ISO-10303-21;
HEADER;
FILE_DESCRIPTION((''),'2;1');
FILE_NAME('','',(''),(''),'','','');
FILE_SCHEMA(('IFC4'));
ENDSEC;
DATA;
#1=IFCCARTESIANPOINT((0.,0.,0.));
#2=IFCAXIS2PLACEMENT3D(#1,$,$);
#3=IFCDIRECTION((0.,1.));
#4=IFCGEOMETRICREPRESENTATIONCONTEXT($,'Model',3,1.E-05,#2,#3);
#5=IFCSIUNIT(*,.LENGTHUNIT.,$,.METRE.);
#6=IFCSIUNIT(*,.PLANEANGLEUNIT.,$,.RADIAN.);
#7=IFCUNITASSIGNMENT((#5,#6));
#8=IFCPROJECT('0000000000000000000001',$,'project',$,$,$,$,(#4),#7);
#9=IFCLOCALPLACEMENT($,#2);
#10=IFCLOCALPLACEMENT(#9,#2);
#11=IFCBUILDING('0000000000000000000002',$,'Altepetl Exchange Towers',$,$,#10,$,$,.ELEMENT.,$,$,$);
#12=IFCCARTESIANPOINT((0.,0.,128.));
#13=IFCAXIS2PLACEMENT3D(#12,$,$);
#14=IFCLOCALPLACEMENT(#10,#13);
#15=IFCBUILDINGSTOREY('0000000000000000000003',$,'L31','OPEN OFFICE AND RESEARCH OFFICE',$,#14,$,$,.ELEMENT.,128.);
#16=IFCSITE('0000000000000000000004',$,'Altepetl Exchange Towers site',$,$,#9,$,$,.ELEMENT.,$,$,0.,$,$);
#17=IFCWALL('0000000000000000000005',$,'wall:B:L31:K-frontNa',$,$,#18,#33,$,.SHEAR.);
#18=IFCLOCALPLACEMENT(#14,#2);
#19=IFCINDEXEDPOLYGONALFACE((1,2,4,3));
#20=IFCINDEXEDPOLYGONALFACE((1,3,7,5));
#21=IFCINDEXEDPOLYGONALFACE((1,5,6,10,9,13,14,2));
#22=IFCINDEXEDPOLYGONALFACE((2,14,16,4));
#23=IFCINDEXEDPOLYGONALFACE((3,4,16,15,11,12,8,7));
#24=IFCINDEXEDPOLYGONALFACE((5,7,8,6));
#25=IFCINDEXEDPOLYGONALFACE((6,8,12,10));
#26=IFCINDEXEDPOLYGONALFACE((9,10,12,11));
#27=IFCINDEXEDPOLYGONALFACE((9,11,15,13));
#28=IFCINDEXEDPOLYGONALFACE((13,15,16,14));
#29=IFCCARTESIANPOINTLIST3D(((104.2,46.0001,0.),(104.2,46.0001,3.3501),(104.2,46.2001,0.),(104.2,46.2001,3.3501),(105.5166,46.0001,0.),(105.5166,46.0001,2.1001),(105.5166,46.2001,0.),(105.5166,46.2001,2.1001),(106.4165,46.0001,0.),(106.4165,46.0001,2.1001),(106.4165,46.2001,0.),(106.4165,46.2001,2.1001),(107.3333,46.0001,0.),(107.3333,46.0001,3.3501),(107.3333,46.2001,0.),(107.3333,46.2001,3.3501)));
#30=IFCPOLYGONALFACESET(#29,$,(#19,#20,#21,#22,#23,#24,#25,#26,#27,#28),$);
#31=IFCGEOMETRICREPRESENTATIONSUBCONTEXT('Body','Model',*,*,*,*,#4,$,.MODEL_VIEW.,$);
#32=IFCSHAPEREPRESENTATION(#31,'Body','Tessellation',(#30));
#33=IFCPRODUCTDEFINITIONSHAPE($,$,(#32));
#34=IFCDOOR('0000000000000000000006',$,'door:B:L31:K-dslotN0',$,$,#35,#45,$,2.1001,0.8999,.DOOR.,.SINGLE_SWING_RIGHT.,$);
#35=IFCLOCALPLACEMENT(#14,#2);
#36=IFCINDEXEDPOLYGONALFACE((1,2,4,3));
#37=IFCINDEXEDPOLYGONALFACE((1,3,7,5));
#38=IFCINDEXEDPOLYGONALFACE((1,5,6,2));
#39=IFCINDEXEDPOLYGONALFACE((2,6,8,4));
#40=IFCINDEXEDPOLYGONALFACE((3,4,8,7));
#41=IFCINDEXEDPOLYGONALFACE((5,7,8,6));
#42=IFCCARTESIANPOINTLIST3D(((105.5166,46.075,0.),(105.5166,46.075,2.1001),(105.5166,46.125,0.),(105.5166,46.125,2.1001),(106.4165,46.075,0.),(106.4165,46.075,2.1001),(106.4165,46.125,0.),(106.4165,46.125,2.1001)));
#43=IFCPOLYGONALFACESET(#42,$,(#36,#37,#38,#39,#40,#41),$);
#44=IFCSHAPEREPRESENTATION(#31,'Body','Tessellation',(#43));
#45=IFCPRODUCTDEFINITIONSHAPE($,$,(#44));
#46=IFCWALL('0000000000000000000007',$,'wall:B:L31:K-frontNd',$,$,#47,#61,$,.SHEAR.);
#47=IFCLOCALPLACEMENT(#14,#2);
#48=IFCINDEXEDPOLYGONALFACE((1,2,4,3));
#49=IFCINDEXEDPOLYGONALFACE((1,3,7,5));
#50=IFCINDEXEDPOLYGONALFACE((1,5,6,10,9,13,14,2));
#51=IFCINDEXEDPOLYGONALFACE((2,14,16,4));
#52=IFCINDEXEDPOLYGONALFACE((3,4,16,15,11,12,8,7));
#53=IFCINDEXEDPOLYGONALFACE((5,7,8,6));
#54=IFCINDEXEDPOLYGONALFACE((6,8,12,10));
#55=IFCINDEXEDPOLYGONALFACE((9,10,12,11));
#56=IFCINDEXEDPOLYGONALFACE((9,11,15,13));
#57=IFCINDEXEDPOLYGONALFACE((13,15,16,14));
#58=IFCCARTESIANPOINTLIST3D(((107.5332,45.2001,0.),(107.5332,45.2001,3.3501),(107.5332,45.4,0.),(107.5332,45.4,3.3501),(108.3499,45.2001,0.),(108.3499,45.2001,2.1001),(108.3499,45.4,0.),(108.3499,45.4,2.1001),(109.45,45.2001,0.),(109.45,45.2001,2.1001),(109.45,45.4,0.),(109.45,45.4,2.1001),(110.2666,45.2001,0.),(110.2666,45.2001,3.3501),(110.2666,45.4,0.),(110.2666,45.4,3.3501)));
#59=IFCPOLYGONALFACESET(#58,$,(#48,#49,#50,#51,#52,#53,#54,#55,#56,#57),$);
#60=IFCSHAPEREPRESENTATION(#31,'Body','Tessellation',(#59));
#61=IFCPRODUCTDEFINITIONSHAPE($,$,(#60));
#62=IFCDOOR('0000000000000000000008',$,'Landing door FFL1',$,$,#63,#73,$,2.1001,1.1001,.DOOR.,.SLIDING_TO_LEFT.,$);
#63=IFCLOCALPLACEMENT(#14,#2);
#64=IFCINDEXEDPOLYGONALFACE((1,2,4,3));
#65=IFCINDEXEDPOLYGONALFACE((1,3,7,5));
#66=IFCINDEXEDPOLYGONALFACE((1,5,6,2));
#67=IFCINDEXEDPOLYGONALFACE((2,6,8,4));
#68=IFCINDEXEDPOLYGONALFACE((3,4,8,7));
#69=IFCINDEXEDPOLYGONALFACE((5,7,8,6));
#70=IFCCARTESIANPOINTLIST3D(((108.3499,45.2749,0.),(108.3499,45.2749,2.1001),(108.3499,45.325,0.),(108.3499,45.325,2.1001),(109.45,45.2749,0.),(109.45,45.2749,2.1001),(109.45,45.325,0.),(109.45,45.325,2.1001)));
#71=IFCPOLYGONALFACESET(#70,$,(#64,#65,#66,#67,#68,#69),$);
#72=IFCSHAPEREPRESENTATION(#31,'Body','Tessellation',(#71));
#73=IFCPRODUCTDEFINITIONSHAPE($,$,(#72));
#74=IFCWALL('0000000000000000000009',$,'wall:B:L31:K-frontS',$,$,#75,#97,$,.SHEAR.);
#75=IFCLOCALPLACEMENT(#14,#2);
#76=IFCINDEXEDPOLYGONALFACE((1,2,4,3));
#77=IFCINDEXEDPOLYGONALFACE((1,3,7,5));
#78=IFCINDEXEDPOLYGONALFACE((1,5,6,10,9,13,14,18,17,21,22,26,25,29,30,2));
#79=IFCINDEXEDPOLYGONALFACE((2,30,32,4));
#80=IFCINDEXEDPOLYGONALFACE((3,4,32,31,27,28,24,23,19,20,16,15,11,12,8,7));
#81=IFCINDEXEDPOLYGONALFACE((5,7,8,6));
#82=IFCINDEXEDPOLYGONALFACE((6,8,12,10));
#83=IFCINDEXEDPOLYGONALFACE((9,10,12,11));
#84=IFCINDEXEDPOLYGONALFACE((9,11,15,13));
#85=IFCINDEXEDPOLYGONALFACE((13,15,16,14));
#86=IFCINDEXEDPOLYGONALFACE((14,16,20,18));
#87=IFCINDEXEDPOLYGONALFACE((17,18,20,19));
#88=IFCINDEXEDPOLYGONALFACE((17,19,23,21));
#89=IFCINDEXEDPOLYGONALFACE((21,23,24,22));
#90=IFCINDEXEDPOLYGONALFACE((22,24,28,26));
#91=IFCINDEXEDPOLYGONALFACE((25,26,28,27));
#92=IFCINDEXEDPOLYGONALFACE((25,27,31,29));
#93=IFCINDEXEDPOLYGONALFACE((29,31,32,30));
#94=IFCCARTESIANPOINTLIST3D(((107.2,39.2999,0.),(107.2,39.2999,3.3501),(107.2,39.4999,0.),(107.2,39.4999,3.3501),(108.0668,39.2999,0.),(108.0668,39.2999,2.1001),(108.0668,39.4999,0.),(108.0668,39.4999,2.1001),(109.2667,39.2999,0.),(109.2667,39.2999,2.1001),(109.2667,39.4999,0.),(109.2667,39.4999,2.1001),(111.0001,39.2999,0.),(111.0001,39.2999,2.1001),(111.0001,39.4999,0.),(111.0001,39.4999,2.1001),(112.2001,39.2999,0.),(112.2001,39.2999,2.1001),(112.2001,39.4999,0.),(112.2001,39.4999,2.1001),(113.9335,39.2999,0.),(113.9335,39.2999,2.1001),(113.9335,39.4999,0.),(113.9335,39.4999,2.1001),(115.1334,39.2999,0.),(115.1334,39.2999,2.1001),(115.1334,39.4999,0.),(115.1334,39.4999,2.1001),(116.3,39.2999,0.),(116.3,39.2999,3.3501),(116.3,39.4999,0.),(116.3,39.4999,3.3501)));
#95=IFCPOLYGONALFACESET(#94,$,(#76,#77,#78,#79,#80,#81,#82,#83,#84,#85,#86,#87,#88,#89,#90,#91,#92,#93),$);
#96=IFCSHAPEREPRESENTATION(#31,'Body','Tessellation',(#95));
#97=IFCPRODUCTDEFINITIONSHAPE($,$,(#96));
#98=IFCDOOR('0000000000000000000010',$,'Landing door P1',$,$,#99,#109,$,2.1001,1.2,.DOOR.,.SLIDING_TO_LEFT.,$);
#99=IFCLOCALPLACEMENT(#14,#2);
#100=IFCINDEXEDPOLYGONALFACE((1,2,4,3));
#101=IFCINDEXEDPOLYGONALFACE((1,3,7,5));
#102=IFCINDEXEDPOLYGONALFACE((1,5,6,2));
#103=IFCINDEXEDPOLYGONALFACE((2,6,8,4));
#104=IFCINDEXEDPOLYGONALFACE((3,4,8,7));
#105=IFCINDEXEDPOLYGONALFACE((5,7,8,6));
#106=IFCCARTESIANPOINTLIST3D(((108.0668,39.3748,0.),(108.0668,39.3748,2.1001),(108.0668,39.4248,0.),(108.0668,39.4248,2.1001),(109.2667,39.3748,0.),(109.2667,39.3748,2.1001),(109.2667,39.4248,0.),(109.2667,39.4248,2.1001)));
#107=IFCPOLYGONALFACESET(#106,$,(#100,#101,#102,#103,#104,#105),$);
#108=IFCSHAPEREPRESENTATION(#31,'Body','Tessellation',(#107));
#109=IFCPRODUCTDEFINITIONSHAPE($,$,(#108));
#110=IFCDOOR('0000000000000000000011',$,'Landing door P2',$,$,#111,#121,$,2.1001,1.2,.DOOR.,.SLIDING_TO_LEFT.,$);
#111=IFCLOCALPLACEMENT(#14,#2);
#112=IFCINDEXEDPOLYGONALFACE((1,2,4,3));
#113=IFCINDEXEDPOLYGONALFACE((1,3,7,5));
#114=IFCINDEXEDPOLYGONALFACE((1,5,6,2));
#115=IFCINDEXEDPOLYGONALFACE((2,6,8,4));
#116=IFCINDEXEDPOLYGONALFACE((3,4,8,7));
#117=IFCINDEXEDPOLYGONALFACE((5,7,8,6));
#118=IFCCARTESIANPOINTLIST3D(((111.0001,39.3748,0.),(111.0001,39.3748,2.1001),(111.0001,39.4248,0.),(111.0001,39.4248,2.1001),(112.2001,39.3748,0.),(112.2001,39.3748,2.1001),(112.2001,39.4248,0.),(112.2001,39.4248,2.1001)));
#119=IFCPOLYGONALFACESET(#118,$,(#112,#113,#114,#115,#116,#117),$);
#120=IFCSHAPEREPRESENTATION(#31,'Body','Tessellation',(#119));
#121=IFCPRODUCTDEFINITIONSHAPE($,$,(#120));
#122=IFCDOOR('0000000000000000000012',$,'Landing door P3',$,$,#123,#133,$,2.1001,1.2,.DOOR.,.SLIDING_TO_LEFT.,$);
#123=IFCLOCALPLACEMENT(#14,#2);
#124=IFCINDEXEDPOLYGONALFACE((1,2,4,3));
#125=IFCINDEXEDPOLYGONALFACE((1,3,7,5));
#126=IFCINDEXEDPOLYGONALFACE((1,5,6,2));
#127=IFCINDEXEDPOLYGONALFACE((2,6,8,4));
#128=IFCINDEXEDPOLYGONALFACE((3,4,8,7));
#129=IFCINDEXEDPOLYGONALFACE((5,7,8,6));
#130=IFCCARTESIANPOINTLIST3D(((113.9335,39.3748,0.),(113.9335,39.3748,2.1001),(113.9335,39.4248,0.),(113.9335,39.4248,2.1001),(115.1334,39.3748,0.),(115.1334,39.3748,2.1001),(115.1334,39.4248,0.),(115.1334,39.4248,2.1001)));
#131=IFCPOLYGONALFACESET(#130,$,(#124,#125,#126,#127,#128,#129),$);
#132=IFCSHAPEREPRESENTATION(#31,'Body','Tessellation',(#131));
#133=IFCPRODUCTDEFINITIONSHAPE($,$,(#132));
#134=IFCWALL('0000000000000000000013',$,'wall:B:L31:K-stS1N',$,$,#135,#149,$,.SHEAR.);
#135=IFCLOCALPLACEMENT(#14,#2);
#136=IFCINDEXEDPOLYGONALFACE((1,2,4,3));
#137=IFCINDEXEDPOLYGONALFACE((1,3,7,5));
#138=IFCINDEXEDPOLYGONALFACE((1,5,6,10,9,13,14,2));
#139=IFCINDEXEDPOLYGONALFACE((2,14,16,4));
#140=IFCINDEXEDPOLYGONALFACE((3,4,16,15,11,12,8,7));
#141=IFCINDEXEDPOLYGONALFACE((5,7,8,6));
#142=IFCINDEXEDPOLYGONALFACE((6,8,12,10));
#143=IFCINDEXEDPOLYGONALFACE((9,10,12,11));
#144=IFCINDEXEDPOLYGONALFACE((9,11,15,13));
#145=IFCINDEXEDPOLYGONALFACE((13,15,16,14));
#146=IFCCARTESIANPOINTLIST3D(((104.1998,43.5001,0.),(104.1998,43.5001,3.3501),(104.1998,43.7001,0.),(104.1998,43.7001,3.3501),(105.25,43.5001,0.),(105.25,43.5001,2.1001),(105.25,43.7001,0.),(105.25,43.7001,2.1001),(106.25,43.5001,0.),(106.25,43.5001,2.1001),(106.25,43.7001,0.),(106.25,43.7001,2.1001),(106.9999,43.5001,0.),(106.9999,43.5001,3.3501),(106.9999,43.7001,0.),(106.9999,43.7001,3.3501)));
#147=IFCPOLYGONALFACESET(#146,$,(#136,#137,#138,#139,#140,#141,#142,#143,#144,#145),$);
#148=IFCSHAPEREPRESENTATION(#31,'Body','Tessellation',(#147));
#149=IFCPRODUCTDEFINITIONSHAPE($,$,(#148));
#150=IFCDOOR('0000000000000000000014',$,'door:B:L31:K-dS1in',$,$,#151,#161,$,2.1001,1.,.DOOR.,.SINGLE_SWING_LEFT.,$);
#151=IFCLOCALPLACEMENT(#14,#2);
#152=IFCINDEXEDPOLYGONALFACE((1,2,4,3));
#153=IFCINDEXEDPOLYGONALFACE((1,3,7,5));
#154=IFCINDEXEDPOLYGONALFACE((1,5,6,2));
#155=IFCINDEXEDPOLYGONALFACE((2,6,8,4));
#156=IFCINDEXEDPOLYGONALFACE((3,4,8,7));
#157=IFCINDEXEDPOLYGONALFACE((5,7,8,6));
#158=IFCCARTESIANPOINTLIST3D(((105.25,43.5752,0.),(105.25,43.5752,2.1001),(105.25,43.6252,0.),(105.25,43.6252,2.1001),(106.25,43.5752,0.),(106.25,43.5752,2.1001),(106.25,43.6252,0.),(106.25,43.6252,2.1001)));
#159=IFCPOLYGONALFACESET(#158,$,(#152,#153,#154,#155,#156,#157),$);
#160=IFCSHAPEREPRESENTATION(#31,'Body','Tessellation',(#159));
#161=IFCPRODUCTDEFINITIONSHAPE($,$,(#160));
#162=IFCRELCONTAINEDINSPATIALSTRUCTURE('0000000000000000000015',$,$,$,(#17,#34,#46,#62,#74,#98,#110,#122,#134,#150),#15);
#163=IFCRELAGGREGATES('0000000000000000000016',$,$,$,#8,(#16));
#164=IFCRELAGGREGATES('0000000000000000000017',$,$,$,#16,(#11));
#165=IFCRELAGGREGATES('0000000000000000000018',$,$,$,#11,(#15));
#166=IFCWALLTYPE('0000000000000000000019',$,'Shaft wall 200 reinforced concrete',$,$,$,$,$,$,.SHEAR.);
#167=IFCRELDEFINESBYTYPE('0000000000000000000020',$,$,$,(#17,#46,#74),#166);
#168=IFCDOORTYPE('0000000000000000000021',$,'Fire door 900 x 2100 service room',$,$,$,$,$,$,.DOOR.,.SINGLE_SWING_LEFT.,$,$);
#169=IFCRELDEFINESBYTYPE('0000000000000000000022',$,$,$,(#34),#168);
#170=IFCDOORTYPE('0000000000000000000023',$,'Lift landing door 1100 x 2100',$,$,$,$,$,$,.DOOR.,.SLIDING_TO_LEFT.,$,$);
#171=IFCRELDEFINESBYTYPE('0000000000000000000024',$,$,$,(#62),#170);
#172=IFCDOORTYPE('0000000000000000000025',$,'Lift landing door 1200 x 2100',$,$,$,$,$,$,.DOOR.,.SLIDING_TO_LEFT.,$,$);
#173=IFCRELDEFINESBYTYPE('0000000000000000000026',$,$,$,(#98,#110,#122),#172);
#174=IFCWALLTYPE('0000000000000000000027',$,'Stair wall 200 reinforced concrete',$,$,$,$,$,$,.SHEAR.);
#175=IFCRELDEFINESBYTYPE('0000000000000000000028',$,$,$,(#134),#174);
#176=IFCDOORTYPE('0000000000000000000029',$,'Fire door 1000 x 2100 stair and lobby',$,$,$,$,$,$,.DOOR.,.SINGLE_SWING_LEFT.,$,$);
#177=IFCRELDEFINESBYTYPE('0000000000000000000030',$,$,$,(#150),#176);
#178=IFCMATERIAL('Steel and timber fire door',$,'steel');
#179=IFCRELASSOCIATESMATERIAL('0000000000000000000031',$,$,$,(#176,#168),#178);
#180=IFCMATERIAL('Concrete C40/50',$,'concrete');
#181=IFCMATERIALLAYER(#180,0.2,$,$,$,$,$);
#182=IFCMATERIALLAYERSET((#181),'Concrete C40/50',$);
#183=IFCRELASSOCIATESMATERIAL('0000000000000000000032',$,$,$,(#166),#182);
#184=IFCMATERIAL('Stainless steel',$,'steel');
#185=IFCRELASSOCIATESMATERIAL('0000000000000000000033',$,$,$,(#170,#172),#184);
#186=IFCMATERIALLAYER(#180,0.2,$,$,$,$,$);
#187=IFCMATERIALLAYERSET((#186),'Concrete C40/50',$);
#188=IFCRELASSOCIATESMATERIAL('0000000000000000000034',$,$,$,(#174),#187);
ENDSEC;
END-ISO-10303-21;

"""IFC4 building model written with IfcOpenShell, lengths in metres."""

from ifc_helpers import new_model, si_unit, direction, frame, frame_2d, origin, place, context, subcontext, project, spatial, rectangle, extrude, material, layer, layer_set, type_object, element, fill, save


model = new_model("IFC4")

# Units and contexts
model_context = context("Model", 3, precision=1e-05, world=origin(), true_north=direction((0.0, 1.0)))
body_context = subcontext(model_context, "Body", "Model", "MODEL_VIEW")
ifc_project = project(units=[si_unit("LENGTHUNIT", "METRE"), si_unit("PLANEANGLEUNIT", "RADIAN")], contexts=[model_context])

# Site, building, storey
site_placement = place(None, origin())
site = spatial("IfcSite", under=ifc_project, at=site_placement, Name="Altepetl Exchange Towers site", CompositionType="ELEMENT", RefElevation=0.0)
building_placement = place(site_placement, origin())
building = spatial("IfcBuilding", under=site, at=building_placement, Name="Altepetl Exchange Towers", CompositionType="ELEMENT")
storey_placement = place(building_placement, frame((0.0, 0.0, 128.0)))
storey = spatial("IfcBuildingStorey", under=building, at=storey_placement, Name="L31", Description="OPEN OFFICE AND RESEARCH OFFICE", CompositionType="ELEMENT", Elevation=128.0)

# Shared definitions
ifc_material_1 = material(Name="Steel and timber fire door", Category="steel")
door_type_1 = type_object("IfcDoorType", Name="Fire door 1000 x 2100 stair and lobby", OperationType="SINGLE_SWING_LEFT", PredefinedType="DOOR", material=ifc_material_1)
door_type_2 = type_object("IfcDoorType", Name="Fire door 900 x 2100 service room", OperationType="SINGLE_SWING_LEFT", PredefinedType="DOOR", material=ifc_material_1)

# Shared definitions
ifc_material_2 = material(Name="Concrete C40/50", Category="concrete")
ifc_layer_1 = layer(ifc_material_2, 0.2)
ifc_layer_set_1 = layer_set([ifc_layer_1], Name="Concrete C40/50")
wall_type_1 = type_object("IfcWallType", Name="Shaft wall 200 reinforced concrete", PredefinedType="SHEAR", material=ifc_layer_set_1)

# Walls, openings, doors
wall_1_placement = place(storey_placement, frame((104.2, 46.1001, 0.0)))
wall_1 = element("IfcWall", 1, at=wall_1_placement, inside=storey, type_object=wall_type_1, Name="wall:B:L31:K-frontNa", PredefinedType="SHEAR", context=body_context, shape_type="SweptSolid", body=[
    extrude(rectangle(XDim=3.1333, YDim=0.2, at=frame_2d((1.5667, 0.0))), origin(), (0.0, 0.0, 1.0), 3.3501),
])
opening_1_placement = place(wall_1_placement, frame((1.3167, 0.0, 0.0)))
opening_1 = element("IfcOpeningElement", 2, at=opening_1_placement, cuts=wall_1, PredefinedType="OPENING", context=body_context, shape_type="SweptSolid", body=[
    extrude(rectangle(XDim=0.8999, YDim=2.1001, at=frame_2d((0.45, 1.05))), frame((0.0, 0.1099, 0.0), z_axis=(0.0, -1.0, 0.0), x_axis=(1.0, 0.0, 0.0)), (0.0, 0.0, 1.0), 0.22),
])
door_1_placement = place(opening_1_placement, origin())
door_1 = element("IfcDoor", 3, at=door_1_placement, inside=storey, type_object=door_type_2, Name="door:B:L31:K-dslotN0", OperationType="SINGLE_SWING_RIGHT", OverallHeight=2.1001, OverallWidth=0.8999, PredefinedType="DOOR", context=body_context, shape_type="SweptSolid", body=[
    extrude(rectangle(XDim=0.8999, YDim=2.1001, at=frame_2d((0.45, 1.05))), frame((0.0, 0.0249, 0.0), z_axis=(0.0, -1.0, 0.0), x_axis=(1.0, 0.0, 0.0)), (0.0, 0.0, 1.0), 0.05),
])
fill(opening_1, door_1)
wall_2_placement = place(storey_placement, frame((107.5332, 45.3, 0.0)))
wall_2 = element("IfcWall", 4, at=wall_2_placement, inside=storey, type_object=wall_type_1, Name="wall:B:L31:K-frontNd", PredefinedType="SHEAR", context=body_context, shape_type="SweptSolid", body=[
    extrude(rectangle(XDim=2.7334, YDim=0.2, at=frame_2d((1.3667, 0.0))), origin(), (0.0, 0.0, 1.0), 3.3501),
])
opening_2_placement = place(wall_2_placement, frame((0.8167, 0.0, 0.0)))
opening_2 = element("IfcOpeningElement", 5, at=opening_2_placement, cuts=wall_2, PredefinedType="OPENING", context=body_context, shape_type="SweptSolid", body=[
    extrude(rectangle(XDim=1.1001, YDim=2.1001, at=frame_2d((0.55, 1.05))), frame((0.0, 0.1099, 0.0), z_axis=(0.0, -1.0, 0.0), x_axis=(1.0, 0.0, 0.0)), (0.0, 0.0, 1.0), 0.22),
])
ifc_material_3 = material(Name="Stainless steel", Category="steel")
door_type_3 = type_object("IfcDoorType", Name="Lift landing door 1100 x 2100", OperationType="SLIDING_TO_LEFT", PredefinedType="DOOR", material=ifc_material_3)
door_2_placement = place(opening_2_placement, origin())
door_2 = element("IfcDoor", 6, at=door_2_placement, inside=storey, type_object=door_type_3, Name="Landing door FFL1", OperationType="SLIDING_TO_LEFT", OverallHeight=2.1001, OverallWidth=1.1001, PredefinedType="DOOR", context=body_context, shape_type="SweptSolid", body=[
    extrude(rectangle(XDim=1.1001, YDim=2.1001, at=frame_2d((0.55, 1.05))), frame((0.0, 0.0249, 0.0), z_axis=(0.0, -1.0, 0.0), x_axis=(1.0, 0.0, 0.0)), (0.0, 0.0, 1.0), 0.05),
])
fill(opening_2, door_2)

# Wall, openings, doors
wall_3_placement = place(storey_placement, frame((107.2, 39.3999, 0.0)))
wall_3 = element("IfcWall", 7, at=wall_3_placement, inside=storey, type_object=wall_type_1, Name="wall:B:L31:K-frontS", PredefinedType="SHEAR", context=body_context, shape_type="SweptSolid", body=[
    extrude(rectangle(XDim=9.1001, YDim=0.2, at=frame_2d((4.55, 0.0))), origin(), (0.0, 0.0, 1.0), 3.3501),
])
opening_3_placement = place(wall_3_placement, frame((0.8667, 0.0, 0.0)))
opening_3 = element("IfcOpeningElement", 8, at=opening_3_placement, cuts=wall_3, PredefinedType="OPENING", context=body_context, shape_type="SweptSolid", body=[
    extrude(rectangle(XDim=1.2, YDim=2.1001, at=frame_2d((0.6001, 1.05))), frame((0.0, 0.1099, 0.0), z_axis=(0.0, -1.0, 0.0), x_axis=(1.0, 0.0, 0.0)), (0.0, 0.0, 1.0), 0.22),
])
opening_4_placement = place(wall_3_placement, frame((3.8, 0.0, 0.0)))
opening_4 = element("IfcOpeningElement", 9, at=opening_4_placement, cuts=wall_3, PredefinedType="OPENING", context=body_context, shape_type="SweptSolid", body=[
    extrude(rectangle(XDim=1.2, YDim=2.1001, at=frame_2d((0.6001, 1.05))), frame((0.0, 0.1099, 0.0), z_axis=(0.0, -1.0, 0.0), x_axis=(1.0, 0.0, 0.0)), (0.0, 0.0, 1.0), 0.22),
])
opening_5_placement = place(wall_3_placement, frame((6.7334, 0.0, 0.0)))
opening_5 = element("IfcOpeningElement", 10, at=opening_5_placement, cuts=wall_3, PredefinedType="OPENING", context=body_context, shape_type="SweptSolid", body=[
    extrude(rectangle(XDim=1.2, YDim=2.1001, at=frame_2d((0.6001, 1.05))), frame((0.0, 0.1099, 0.0), z_axis=(0.0, -1.0, 0.0), x_axis=(1.0, 0.0, 0.0)), (0.0, 0.0, 1.0), 0.22),
])
door_type_4 = type_object("IfcDoorType", Name="Lift landing door 1200 x 2100", OperationType="SLIDING_TO_LEFT", PredefinedType="DOOR", material=ifc_material_3)
door_3_placement = place(opening_3_placement, origin())
door_3 = element("IfcDoor", 11, at=door_3_placement, inside=storey, type_object=door_type_4, Name="Landing door P1", OperationType="SLIDING_TO_LEFT", OverallHeight=2.1001, OverallWidth=1.2, PredefinedType="DOOR", context=body_context, shape_type="SweptSolid", body=[
    extrude(rectangle(XDim=1.2, YDim=2.1001, at=frame_2d((0.6001, 1.05))), frame((0.0, 0.0249, 0.0), z_axis=(0.0, -1.0, 0.0), x_axis=(1.0, 0.0, 0.0)), (0.0, 0.0, 1.0), 0.05),
])
fill(opening_3, door_3)
door_4_placement = place(opening_4_placement, origin())
door_4 = element("IfcDoor", 12, at=door_4_placement, inside=storey, type_object=door_type_4, Name="Landing door P2", OperationType="SLIDING_TO_LEFT", OverallHeight=2.1001, OverallWidth=1.2, PredefinedType="DOOR", context=body_context, shape_type="SweptSolid", body=[
    extrude(rectangle(XDim=1.2, YDim=2.1001, at=frame_2d((0.6001, 1.05))), frame((0.0, 0.0249, 0.0), z_axis=(0.0, -1.0, 0.0), x_axis=(1.0, 0.0, 0.0)), (0.0, 0.0, 1.0), 0.05),
])
fill(opening_4, door_4)
door_5_placement = place(opening_5_placement, origin())
door_5 = element("IfcDoor", 13, at=door_5_placement, inside=storey, type_object=door_type_4, Name="Landing door P3", OperationType="SLIDING_TO_LEFT", OverallHeight=2.1001, OverallWidth=1.2, PredefinedType="DOOR", context=body_context, shape_type="SweptSolid", body=[
    extrude(rectangle(XDim=1.2, YDim=2.1001, at=frame_2d((0.6001, 1.05))), frame((0.0, 0.0249, 0.0), z_axis=(0.0, -1.0, 0.0), x_axis=(1.0, 0.0, 0.0)), (0.0, 0.0, 1.0), 0.05),
])
fill(opening_5, door_5)

# Wall, opening, door
ifc_layer_2 = layer(ifc_material_2, 0.2)
ifc_layer_set_2 = layer_set([ifc_layer_2], Name="Concrete C40/50")
wall_type_2 = type_object("IfcWallType", Name="Stair wall 200 reinforced concrete", PredefinedType="SHEAR", material=ifc_layer_set_2)
wall_4_placement = place(storey_placement, frame((104.2, 43.6001, 0.0)))
wall_4 = element("IfcWall", 14, at=wall_4_placement, inside=storey, type_object=wall_type_2, Name="wall:B:L31:K-stS1N", PredefinedType="SHEAR", context=body_context, shape_type="SweptSolid", body=[
    extrude(rectangle(XDim=2.8, YDim=0.2, at=frame_2d((1.3999, 0.0))), origin(), (0.0, 0.0, 1.0), 3.3501),
])
opening_6_placement = place(wall_4_placement, frame((1.05, 0.0, 0.0)))
opening_6 = element("IfcOpeningElement", 15, at=opening_6_placement, cuts=wall_4, PredefinedType="OPENING", context=body_context, shape_type="SweptSolid", body=[
    extrude(rectangle(XDim=1.0, YDim=2.1001, at=frame_2d((0.5, 1.05))), frame((0.0, 0.1099, 0.0), z_axis=(0.0, -1.0, 0.0), x_axis=(1.0, 0.0, 0.0)), (0.0, 0.0, 1.0), 0.22),
])
door_6_placement = place(opening_6_placement, frame((1.0, 0.0, 0.0), x_axis=(-1.0, 0.0, 0.0)))
door_6 = element("IfcDoor", 16, at=door_6_placement, inside=storey, type_object=door_type_1, Name="door:B:L31:K-dS1in", OperationType="SINGLE_SWING_LEFT", OverallHeight=2.1001, OverallWidth=1.0, PredefinedType="DOOR", context=body_context, shape_type="SweptSolid", body=[
    extrude(rectangle(XDim=1.0, YDim=2.1001, at=frame_2d((0.5, 1.05))), frame((0.0, 0.0249, 0.0), z_axis=(0.0, -1.0, 0.0), x_axis=(1.0, 0.0, 0.0)), (0.0, 0.0, 1.0), 0.05),
])
fill(opening_6, door_6)

save(model, "model.ifc")
